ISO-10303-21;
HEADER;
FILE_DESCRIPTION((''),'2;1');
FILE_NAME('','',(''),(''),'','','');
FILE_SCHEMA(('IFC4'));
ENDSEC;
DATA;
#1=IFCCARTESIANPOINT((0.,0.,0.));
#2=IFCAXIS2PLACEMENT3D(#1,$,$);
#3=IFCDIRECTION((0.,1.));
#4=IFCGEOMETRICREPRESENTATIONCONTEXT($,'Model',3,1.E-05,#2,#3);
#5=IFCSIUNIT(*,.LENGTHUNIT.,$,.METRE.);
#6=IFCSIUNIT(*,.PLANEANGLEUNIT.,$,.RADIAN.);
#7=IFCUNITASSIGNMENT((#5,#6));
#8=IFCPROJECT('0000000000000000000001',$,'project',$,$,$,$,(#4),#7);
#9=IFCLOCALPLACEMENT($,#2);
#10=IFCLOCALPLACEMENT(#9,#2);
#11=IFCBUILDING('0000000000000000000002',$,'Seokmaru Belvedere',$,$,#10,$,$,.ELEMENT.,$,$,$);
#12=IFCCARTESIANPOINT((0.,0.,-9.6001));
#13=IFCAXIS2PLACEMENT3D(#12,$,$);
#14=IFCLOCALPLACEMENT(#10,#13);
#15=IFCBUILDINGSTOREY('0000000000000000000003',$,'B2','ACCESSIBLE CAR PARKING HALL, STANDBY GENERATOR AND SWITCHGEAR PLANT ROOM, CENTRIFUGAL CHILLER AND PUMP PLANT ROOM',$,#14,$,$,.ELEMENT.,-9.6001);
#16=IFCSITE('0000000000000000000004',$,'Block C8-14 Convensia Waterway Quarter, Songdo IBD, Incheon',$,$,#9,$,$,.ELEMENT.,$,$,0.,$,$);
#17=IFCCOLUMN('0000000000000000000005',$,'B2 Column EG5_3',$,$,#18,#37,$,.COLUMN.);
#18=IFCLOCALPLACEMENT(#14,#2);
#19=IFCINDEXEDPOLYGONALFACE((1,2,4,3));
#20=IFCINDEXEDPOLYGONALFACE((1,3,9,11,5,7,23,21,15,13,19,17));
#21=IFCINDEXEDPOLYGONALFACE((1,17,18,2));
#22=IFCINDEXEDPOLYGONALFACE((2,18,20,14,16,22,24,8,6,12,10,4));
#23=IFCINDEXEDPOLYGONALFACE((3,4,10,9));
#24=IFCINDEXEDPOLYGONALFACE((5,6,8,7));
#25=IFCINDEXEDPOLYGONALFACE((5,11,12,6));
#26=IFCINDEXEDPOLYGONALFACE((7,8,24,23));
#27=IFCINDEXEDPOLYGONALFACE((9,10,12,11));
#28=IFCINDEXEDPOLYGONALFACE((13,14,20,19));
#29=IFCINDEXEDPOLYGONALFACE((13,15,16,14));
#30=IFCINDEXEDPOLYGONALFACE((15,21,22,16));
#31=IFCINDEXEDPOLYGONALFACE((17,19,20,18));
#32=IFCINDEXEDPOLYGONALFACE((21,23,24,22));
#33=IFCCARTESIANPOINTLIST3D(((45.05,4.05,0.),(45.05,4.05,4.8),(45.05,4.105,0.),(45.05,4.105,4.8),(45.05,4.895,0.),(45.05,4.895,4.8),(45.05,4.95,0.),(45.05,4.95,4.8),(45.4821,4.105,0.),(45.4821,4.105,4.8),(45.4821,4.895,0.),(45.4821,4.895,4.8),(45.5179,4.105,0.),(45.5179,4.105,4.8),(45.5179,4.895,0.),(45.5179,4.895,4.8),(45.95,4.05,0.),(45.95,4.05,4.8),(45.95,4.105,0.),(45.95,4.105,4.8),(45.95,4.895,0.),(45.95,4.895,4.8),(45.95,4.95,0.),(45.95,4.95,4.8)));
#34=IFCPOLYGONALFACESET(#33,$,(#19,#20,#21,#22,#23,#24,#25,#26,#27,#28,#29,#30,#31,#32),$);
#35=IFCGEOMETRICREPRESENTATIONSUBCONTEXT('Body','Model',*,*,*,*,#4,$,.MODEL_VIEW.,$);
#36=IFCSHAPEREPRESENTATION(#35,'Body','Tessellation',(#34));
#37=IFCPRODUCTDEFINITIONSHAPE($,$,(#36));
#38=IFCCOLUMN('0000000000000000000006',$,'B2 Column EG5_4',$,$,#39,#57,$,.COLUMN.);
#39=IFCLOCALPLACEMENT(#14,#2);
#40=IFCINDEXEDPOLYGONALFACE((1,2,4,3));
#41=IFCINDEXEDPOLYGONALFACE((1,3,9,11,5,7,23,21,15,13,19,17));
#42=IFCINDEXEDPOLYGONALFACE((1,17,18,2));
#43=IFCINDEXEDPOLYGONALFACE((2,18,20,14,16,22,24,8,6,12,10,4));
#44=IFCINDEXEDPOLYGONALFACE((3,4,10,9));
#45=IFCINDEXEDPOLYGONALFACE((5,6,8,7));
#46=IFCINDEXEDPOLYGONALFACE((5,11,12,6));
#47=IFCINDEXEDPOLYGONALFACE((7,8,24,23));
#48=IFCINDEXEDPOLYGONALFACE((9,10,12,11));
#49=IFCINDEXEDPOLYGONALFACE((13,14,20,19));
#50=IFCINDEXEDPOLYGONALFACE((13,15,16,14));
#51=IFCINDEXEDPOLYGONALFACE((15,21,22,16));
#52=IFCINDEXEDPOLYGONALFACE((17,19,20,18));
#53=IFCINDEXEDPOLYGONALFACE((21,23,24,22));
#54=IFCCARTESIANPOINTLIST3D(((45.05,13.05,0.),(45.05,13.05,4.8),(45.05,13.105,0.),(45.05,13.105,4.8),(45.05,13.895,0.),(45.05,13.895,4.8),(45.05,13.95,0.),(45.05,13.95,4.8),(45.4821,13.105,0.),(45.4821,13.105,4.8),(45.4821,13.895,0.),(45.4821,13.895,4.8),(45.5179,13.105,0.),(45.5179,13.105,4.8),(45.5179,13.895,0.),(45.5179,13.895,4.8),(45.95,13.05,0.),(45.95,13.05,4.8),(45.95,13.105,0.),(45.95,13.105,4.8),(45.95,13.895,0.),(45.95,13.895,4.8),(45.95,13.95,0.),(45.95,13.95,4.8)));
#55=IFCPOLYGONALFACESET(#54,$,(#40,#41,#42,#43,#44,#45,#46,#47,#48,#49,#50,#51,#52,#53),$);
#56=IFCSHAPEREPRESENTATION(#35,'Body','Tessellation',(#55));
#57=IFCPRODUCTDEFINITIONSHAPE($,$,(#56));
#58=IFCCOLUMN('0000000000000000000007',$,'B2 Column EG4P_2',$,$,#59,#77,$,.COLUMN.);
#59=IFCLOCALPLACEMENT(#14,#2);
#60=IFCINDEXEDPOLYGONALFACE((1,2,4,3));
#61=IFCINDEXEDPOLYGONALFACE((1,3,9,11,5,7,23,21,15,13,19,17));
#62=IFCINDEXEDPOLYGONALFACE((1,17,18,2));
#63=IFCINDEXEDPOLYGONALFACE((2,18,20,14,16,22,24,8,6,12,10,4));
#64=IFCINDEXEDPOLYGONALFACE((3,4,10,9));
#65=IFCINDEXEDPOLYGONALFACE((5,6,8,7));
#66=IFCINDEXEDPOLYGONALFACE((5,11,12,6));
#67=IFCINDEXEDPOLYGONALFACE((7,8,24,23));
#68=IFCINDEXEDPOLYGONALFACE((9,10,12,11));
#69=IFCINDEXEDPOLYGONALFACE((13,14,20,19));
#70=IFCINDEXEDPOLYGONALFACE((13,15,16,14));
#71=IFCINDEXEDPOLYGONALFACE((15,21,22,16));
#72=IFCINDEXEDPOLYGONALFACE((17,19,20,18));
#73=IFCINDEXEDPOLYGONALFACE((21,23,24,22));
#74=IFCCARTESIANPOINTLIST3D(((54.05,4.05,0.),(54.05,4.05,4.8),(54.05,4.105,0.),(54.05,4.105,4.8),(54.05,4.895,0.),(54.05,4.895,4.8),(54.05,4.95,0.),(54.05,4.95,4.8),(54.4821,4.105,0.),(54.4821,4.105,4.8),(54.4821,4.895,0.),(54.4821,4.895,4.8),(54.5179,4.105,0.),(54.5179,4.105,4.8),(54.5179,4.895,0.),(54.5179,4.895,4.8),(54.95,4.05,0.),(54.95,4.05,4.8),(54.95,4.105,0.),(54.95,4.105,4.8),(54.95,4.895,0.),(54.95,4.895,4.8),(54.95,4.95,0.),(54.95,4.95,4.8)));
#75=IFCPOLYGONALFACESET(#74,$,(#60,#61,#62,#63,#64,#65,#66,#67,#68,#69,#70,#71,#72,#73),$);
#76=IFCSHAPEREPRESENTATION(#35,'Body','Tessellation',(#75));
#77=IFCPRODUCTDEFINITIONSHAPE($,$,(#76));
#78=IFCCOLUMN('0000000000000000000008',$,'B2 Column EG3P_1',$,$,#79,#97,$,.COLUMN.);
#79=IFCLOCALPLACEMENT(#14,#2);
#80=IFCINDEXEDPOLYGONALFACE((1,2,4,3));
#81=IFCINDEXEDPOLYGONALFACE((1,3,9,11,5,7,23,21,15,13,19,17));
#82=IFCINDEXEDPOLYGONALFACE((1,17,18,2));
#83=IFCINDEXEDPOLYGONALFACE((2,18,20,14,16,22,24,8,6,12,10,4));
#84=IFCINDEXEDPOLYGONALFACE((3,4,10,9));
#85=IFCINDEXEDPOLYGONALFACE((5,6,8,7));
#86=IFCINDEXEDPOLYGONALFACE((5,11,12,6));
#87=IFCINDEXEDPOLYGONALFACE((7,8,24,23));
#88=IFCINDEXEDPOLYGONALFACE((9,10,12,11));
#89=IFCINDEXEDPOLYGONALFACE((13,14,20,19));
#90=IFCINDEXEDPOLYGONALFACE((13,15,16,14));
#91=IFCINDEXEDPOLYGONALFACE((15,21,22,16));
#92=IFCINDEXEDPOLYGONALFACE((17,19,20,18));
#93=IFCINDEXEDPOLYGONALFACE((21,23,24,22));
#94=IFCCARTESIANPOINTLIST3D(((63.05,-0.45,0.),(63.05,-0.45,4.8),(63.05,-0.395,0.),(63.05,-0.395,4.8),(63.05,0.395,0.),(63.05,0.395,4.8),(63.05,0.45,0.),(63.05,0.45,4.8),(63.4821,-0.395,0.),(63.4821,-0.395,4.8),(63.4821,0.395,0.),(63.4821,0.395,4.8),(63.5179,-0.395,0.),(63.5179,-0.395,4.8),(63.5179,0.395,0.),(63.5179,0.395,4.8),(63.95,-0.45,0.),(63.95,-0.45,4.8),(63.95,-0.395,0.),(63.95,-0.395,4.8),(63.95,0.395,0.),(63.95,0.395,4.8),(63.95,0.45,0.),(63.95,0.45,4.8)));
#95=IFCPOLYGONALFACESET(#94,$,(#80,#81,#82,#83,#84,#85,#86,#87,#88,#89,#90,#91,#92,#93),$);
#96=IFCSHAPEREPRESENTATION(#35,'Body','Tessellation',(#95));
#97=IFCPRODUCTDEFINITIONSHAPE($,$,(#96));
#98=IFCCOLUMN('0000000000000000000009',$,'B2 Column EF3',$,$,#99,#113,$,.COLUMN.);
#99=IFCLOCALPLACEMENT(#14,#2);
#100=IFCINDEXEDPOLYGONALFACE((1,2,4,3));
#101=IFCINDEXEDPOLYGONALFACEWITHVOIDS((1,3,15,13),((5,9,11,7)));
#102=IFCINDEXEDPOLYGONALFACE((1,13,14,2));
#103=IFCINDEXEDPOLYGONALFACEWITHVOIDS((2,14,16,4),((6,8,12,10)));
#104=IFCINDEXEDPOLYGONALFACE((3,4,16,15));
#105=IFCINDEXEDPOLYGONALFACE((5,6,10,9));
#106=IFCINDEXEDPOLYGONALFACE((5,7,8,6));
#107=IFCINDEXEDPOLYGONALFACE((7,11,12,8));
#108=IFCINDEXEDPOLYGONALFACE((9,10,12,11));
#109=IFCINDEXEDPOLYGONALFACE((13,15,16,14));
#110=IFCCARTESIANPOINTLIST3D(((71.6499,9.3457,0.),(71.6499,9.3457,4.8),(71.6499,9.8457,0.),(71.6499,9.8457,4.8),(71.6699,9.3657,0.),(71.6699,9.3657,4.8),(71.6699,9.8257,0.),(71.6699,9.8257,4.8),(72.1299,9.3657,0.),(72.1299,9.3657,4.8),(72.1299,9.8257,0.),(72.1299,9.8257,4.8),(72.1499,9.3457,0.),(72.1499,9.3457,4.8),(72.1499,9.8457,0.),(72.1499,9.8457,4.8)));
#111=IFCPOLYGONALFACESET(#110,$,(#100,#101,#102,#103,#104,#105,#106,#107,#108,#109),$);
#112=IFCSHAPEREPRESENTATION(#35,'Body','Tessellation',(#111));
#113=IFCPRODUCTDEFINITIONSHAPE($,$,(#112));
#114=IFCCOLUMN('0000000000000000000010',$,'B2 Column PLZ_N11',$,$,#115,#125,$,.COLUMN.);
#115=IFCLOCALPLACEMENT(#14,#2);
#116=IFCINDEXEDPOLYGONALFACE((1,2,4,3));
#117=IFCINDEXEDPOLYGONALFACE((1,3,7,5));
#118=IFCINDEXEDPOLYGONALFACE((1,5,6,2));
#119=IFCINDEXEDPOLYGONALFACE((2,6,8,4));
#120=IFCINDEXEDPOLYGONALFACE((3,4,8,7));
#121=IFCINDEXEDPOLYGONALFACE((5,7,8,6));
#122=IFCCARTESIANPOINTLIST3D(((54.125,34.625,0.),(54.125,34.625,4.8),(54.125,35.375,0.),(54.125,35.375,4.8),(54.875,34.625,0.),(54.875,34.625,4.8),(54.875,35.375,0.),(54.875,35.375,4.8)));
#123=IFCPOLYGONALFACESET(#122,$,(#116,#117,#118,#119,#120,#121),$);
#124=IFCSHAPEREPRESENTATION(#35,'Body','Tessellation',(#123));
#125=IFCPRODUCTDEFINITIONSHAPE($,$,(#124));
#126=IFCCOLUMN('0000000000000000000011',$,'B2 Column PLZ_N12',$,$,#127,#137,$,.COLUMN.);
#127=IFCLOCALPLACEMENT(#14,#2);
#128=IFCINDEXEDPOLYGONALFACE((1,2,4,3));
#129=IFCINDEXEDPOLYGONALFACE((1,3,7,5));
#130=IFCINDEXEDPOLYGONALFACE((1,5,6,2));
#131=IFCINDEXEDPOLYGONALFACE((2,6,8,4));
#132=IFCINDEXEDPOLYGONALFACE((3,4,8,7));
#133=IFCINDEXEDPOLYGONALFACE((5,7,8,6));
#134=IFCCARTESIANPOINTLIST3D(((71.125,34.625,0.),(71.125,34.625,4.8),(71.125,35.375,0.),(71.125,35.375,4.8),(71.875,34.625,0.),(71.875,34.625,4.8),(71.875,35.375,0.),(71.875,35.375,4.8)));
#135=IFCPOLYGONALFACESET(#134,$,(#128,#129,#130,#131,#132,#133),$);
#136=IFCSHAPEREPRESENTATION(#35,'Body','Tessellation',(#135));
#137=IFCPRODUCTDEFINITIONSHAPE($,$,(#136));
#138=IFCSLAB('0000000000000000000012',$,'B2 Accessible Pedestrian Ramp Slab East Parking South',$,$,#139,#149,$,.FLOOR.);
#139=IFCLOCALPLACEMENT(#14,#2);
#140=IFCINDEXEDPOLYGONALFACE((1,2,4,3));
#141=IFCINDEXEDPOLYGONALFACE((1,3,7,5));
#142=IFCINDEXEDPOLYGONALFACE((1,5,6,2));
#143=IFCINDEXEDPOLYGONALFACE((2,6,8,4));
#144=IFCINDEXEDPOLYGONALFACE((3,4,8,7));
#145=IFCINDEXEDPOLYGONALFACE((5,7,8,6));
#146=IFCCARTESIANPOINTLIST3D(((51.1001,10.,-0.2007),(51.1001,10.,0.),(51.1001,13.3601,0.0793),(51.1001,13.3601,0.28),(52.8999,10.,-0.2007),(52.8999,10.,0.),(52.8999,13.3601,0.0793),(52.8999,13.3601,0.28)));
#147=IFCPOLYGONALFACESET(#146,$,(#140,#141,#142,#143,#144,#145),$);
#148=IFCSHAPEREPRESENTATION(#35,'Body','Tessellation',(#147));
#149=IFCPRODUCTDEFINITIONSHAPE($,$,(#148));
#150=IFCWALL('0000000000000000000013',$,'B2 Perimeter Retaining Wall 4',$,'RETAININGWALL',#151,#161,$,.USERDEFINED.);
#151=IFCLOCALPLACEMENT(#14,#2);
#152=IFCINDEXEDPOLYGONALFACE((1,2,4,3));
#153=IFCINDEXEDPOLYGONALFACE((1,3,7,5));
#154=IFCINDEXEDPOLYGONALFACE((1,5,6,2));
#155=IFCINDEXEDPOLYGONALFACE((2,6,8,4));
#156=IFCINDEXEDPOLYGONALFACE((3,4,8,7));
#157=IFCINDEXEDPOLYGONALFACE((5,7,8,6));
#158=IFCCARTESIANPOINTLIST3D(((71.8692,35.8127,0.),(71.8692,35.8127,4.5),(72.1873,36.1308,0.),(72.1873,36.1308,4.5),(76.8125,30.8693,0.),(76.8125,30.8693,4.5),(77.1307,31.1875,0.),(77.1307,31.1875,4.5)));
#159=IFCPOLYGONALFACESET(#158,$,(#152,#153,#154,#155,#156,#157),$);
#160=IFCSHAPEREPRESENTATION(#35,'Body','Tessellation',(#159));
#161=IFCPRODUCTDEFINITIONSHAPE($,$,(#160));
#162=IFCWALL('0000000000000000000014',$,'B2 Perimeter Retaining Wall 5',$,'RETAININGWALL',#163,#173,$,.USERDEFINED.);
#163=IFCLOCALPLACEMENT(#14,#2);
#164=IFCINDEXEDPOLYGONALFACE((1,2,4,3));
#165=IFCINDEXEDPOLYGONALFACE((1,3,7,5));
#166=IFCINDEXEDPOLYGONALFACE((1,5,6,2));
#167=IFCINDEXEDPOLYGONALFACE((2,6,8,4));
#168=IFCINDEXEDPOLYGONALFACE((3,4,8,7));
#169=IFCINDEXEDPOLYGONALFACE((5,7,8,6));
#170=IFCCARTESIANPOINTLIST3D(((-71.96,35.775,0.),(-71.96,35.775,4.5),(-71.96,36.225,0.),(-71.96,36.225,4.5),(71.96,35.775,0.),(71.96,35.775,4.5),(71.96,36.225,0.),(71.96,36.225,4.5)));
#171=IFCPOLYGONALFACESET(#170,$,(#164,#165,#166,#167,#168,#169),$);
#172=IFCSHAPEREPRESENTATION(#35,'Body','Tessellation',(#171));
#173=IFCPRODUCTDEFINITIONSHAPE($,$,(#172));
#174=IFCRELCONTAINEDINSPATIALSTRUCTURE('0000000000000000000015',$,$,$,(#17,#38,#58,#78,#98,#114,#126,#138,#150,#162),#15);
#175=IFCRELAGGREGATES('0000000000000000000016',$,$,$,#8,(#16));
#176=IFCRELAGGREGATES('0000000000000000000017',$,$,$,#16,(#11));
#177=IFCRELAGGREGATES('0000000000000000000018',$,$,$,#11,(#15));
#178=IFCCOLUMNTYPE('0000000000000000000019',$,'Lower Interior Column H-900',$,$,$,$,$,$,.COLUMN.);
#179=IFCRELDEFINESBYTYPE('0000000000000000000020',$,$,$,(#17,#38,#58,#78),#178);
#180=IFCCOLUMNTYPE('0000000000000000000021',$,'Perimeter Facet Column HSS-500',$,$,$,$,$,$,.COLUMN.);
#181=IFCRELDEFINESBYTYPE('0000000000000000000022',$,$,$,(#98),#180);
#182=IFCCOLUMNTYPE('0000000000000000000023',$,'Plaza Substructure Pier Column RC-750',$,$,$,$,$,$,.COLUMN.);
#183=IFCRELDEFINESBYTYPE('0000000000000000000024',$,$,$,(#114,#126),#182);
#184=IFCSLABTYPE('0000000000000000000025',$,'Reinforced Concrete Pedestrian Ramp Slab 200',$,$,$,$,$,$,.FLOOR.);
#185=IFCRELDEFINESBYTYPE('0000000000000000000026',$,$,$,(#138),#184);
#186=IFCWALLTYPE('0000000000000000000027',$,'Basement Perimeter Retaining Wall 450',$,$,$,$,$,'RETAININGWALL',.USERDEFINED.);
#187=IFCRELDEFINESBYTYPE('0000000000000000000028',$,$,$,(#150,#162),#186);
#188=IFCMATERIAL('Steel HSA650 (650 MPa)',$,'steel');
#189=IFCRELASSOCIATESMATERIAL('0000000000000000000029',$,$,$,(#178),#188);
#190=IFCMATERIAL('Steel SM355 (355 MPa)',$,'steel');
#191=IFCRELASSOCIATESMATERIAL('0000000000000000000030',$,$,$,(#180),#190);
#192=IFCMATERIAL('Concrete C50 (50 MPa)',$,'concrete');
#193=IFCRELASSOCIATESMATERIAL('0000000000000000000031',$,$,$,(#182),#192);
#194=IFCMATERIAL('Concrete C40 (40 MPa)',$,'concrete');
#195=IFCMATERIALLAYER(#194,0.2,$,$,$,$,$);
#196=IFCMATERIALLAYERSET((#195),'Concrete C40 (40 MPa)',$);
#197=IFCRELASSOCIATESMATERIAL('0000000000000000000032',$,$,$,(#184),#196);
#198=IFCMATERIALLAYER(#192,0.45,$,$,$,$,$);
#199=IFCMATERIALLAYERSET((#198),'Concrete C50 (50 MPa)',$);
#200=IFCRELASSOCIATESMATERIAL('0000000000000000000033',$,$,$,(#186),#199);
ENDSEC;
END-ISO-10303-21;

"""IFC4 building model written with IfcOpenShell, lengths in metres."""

from ifc_helpers import new_model, si_unit, direction, frame, frame_2d, origin, origin_2d, place, context, subcontext, project, spatial, polyline, rectangle, hollow_rectangle, i_section, outline, extrude, source, transform, mapped, material, layer, layer_set, material_profile, profile_set, type_object, type_shapes, element, save


model = new_model("IFC4")

# Units and contexts
model_context = context("Model", 3, precision=1e-05, world=origin(), true_north=direction((0.0, 1.0)))
body_context = subcontext(model_context, "Body", "Model", "MODEL_VIEW")
ifc_project = project(units=[si_unit("LENGTHUNIT", "METRE"), si_unit("PLANEANGLEUNIT", "RADIAN")], contexts=[model_context])

# Site, building, storey
site_placement = place(None, origin())
site = spatial("IfcSite", under=ifc_project, at=site_placement, Name="Block C8-14 Convensia Waterway Quarter, Songdo IBD, Incheon", CompositionType="ELEMENT", RefElevation=0.0)
building_placement = place(site_placement, origin())
building = spatial("IfcBuilding", under=site, at=building_placement, Name="Seokmaru Belvedere", CompositionType="ELEMENT")
storey_placement = place(building_placement, frame((0.0, 0.0, -9.6001)))
storey = spatial("IfcBuildingStorey", under=building, at=storey_placement, Name="B2", Description="ACCESSIBLE CAR PARKING HALL, STANDBY GENERATOR AND SWITCHGEAR PLANT ROOM, CENTRIFUGAL CHILLER AND PUMP PLANT ROOM", CompositionType="ELEMENT", Elevation=-9.6001)

# Shared definitions
ifc_material_1 = material(Name="Concrete C50 (50 MPa)", Category="concrete")

# Shared definitions
ifc_material_2 = material(Name="Concrete C40 (40 MPa)", Category="concrete")

# Columns
ifc_material_3 = material(Name="Steel HSA650 (650 MPa)", Category="steel")
ifc_material_profile_1 = material_profile(ifc_material_3, i_section(OverallWidth=0.8999, OverallDepth=0.8999, WebThickness=0.0359, FlangeThickness=0.0549, at=origin_2d()), Name="H-900x900x36x55")
ifc_profile_set_1 = profile_set([ifc_material_profile_1], Name="Steel HSA650 (650 MPa)")
column_type_1 = type_object("IfcColumnType", Name="Lower Interior Column H-900", PredefinedType="COLUMN", material=ifc_profile_set_1)
shared_shape_1 = source(origin(), body_context, "Body", "SweptSolid", [
    extrude(i_section(OverallWidth=0.8999, OverallDepth=0.8999, WebThickness=0.0359, FlangeThickness=0.0549, at=origin_2d()), origin(), (0.0, 0.0, 1.0), 4.8),
])
type_shapes(column_type_1, [shared_shape_1])
for number, where, z_axis, x_axis, name in (
    (1, (45.5, 4.5, 0.0), (0.0, 0.0, 1.0), (1.0, 0.0, 0.0), "B2 Column EG5_3"),
    (2, (45.5, 13.5, 0.0), (0.0, 0.0, 1.0), (1.0, 0.0, 0.0), "B2 Column EG5_4"),
    (3, (54.5, 4.5, 0.0), (0.0, 0.0, 1.0), (1.0, 0.0, 0.0), "B2 Column EG4P_2"),
    (4, (63.5, 0.0, 0.0), (0.0, 0.0, 1.0), (1.0, 0.0, 0.0), "B2 Column EG3P_1"),
):
    element("IfcColumn", number, at=place(storey_placement, frame(where, z_axis=z_axis, x_axis=x_axis)), inside=storey, type_object=column_type_1, Name=name, PredefinedType="COLUMN", context=body_context, shape_type="MappedRepresentation", body=[
        mapped(shared_shape_1, transform((0.0, 0.0, 0.0), scale=1.0)),
    ])
ifc_material_4 = material(Name="Steel SM355 (355 MPa)", Category="steel")
ifc_material_profile_2 = material_profile(ifc_material_4, hollow_rectangle(XDim=0.5, YDim=0.5, WallThickness=0.02, at=origin_2d()), Name="HSS-500x500x20")
ifc_profile_set_2 = profile_set([ifc_material_profile_2], Name="Steel SM355 (355 MPa)")
column_type_2 = type_object("IfcColumnType", Name="Perimeter Facet Column HSS-500", PredefinedType="COLUMN", material=ifc_profile_set_2)
shared_shape_2 = source(origin(), body_context, "Body", "SweptSolid", [
    extrude(hollow_rectangle(XDim=0.5, YDim=0.5, WallThickness=0.02, at=origin_2d()), origin(), (0.0, 0.0, 1.0), 4.8),
])
type_shapes(column_type_2, [shared_shape_2])
column_1_placement = place(storey_placement, frame((71.8999, 9.5957, 0.0), z_axis=(0.0, 0.0, 1.0), x_axis=(1.0, 0.0, 0.0)))
element("IfcColumn", 5, at=column_1_placement, inside=storey, type_object=column_type_2, Name="B2 Column EF3", PredefinedType="COLUMN", context=body_context, shape_type="MappedRepresentation", body=[
    mapped(shared_shape_2, transform((0.0, 0.0, 0.0), scale=1.0)),
])
ifc_material_profile_3 = material_profile(ifc_material_1, rectangle(XDim=0.75, YDim=0.75, at=origin_2d()), Name="RC-750x750")
ifc_profile_set_3 = profile_set([ifc_material_profile_3], Name="Concrete C50 (50 MPa)")
column_type_3 = type_object("IfcColumnType", Name="Plaza Substructure Pier Column RC-750", PredefinedType="COLUMN", material=ifc_profile_set_3)
shared_shape_3 = source(origin(), body_context, "Body", "SweptSolid", [
    extrude(rectangle(XDim=0.75, YDim=0.75, at=origin_2d()), origin(), (0.0, 0.0, 1.0), 4.8),
])
type_shapes(column_type_3, [shared_shape_3])
for number, where, z_axis, x_axis, name in (
    (6, (54.5, 35.0, 0.0), (0.0, 0.0, 1.0), (1.0, 0.0, 0.0), "B2 Column PLZ_N11"),
    (7, (71.5, 35.0, 0.0), (0.0, 0.0, 1.0), (1.0, 0.0, 0.0), "B2 Column PLZ_N12"),
):
    element("IfcColumn", number, at=place(storey_placement, frame(where, z_axis=z_axis, x_axis=x_axis)), inside=storey, type_object=column_type_3, Name=name, PredefinedType="COLUMN", context=body_context, shape_type="MappedRepresentation", body=[
        mapped(shared_shape_3, transform((0.0, 0.0, 0.0), scale=1.0)),
    ])

# Slab
ifc_layer_1 = layer(ifc_material_2, 0.2)
ifc_layer_set_1 = layer_set([ifc_layer_1], Name="Concrete C40 (40 MPa)")
slab_type = type_object("IfcSlabType", Name="Reinforced Concrete Pedestrian Ramp Slab 200", PredefinedType="FLOOR", material=ifc_layer_set_1)
slab_placement = place(storey_placement, frame((52.0, 10.0, 0.0), z_axis=(0.0, 0.0, 1.0), x_axis=(0.0, 1.0, 0.0)))
element("IfcSlab", 8, at=slab_placement, inside=storey, type_object=slab_type, Name="B2 Accessible Pedestrian Ramp Slab East Parking South", PredefinedType="FLOOR", context=body_context, shape_type="SweptSolid", body=[
    extrude(outline(polyline([(0.0, 0.0), (3.3601, 0.28), (3.3601, 0.0793), (0.0, -0.2007), (0.0, 0.0)])), frame((0.0, 0.8999, 0.0), z_axis=(0.0, -1.0, 0.0), x_axis=(1.0, 0.0, 0.0)), (0.0, 0.0, 1.0), 1.7998),
])

# Walls
ifc_layer_2 = layer(ifc_material_1, 0.45)
ifc_layer_set_2 = layer_set([ifc_layer_2], Name="Concrete C50 (50 MPa)")
wall_type = type_object("IfcWallType", Name="Basement Perimeter Retaining Wall 450", ElementType="RETAININGWALL", PredefinedType="USERDEFINED", material=ifc_layer_set_2)
wall_1_placement = place(storey_placement, frame((76.9717, 31.0283, 0.0), z_axis=(0.0, 0.0, 1.0), x_axis=(-0.707107, 0.707107, 0.0)))
element("IfcWall", 9, at=wall_1_placement, inside=storey, type_object=wall_type, Name="B2 Perimeter Retaining Wall 4", ObjectType="RETAININGWALL", PredefinedType="USERDEFINED", context=body_context, shape_type="SweptSolid", body=[
    extrude(rectangle(XDim=6.991, YDim=0.45, at=frame_2d((3.4956, 0.0))), origin(), (0.0, 0.0, 1.0), 4.5),
])
wall_2_placement = place(storey_placement, frame((71.96, 36.0, 0.0), z_axis=(0.0, 0.0, 1.0), x_axis=(-1.0, 0.0, 0.0)))
element("IfcWall", 10, at=wall_2_placement, inside=storey, type_object=wall_type, Name="B2 Perimeter Retaining Wall 5", ObjectType="RETAININGWALL", PredefinedType="USERDEFINED", context=body_context, shape_type="SweptSolid", body=[
    extrude(rectangle(XDim=143.9199, YDim=0.45, at=frame_2d((71.96, 0.0))), origin(), (0.0, 0.0, 1.0), 4.5),
])

save(model, "model.ifc")
